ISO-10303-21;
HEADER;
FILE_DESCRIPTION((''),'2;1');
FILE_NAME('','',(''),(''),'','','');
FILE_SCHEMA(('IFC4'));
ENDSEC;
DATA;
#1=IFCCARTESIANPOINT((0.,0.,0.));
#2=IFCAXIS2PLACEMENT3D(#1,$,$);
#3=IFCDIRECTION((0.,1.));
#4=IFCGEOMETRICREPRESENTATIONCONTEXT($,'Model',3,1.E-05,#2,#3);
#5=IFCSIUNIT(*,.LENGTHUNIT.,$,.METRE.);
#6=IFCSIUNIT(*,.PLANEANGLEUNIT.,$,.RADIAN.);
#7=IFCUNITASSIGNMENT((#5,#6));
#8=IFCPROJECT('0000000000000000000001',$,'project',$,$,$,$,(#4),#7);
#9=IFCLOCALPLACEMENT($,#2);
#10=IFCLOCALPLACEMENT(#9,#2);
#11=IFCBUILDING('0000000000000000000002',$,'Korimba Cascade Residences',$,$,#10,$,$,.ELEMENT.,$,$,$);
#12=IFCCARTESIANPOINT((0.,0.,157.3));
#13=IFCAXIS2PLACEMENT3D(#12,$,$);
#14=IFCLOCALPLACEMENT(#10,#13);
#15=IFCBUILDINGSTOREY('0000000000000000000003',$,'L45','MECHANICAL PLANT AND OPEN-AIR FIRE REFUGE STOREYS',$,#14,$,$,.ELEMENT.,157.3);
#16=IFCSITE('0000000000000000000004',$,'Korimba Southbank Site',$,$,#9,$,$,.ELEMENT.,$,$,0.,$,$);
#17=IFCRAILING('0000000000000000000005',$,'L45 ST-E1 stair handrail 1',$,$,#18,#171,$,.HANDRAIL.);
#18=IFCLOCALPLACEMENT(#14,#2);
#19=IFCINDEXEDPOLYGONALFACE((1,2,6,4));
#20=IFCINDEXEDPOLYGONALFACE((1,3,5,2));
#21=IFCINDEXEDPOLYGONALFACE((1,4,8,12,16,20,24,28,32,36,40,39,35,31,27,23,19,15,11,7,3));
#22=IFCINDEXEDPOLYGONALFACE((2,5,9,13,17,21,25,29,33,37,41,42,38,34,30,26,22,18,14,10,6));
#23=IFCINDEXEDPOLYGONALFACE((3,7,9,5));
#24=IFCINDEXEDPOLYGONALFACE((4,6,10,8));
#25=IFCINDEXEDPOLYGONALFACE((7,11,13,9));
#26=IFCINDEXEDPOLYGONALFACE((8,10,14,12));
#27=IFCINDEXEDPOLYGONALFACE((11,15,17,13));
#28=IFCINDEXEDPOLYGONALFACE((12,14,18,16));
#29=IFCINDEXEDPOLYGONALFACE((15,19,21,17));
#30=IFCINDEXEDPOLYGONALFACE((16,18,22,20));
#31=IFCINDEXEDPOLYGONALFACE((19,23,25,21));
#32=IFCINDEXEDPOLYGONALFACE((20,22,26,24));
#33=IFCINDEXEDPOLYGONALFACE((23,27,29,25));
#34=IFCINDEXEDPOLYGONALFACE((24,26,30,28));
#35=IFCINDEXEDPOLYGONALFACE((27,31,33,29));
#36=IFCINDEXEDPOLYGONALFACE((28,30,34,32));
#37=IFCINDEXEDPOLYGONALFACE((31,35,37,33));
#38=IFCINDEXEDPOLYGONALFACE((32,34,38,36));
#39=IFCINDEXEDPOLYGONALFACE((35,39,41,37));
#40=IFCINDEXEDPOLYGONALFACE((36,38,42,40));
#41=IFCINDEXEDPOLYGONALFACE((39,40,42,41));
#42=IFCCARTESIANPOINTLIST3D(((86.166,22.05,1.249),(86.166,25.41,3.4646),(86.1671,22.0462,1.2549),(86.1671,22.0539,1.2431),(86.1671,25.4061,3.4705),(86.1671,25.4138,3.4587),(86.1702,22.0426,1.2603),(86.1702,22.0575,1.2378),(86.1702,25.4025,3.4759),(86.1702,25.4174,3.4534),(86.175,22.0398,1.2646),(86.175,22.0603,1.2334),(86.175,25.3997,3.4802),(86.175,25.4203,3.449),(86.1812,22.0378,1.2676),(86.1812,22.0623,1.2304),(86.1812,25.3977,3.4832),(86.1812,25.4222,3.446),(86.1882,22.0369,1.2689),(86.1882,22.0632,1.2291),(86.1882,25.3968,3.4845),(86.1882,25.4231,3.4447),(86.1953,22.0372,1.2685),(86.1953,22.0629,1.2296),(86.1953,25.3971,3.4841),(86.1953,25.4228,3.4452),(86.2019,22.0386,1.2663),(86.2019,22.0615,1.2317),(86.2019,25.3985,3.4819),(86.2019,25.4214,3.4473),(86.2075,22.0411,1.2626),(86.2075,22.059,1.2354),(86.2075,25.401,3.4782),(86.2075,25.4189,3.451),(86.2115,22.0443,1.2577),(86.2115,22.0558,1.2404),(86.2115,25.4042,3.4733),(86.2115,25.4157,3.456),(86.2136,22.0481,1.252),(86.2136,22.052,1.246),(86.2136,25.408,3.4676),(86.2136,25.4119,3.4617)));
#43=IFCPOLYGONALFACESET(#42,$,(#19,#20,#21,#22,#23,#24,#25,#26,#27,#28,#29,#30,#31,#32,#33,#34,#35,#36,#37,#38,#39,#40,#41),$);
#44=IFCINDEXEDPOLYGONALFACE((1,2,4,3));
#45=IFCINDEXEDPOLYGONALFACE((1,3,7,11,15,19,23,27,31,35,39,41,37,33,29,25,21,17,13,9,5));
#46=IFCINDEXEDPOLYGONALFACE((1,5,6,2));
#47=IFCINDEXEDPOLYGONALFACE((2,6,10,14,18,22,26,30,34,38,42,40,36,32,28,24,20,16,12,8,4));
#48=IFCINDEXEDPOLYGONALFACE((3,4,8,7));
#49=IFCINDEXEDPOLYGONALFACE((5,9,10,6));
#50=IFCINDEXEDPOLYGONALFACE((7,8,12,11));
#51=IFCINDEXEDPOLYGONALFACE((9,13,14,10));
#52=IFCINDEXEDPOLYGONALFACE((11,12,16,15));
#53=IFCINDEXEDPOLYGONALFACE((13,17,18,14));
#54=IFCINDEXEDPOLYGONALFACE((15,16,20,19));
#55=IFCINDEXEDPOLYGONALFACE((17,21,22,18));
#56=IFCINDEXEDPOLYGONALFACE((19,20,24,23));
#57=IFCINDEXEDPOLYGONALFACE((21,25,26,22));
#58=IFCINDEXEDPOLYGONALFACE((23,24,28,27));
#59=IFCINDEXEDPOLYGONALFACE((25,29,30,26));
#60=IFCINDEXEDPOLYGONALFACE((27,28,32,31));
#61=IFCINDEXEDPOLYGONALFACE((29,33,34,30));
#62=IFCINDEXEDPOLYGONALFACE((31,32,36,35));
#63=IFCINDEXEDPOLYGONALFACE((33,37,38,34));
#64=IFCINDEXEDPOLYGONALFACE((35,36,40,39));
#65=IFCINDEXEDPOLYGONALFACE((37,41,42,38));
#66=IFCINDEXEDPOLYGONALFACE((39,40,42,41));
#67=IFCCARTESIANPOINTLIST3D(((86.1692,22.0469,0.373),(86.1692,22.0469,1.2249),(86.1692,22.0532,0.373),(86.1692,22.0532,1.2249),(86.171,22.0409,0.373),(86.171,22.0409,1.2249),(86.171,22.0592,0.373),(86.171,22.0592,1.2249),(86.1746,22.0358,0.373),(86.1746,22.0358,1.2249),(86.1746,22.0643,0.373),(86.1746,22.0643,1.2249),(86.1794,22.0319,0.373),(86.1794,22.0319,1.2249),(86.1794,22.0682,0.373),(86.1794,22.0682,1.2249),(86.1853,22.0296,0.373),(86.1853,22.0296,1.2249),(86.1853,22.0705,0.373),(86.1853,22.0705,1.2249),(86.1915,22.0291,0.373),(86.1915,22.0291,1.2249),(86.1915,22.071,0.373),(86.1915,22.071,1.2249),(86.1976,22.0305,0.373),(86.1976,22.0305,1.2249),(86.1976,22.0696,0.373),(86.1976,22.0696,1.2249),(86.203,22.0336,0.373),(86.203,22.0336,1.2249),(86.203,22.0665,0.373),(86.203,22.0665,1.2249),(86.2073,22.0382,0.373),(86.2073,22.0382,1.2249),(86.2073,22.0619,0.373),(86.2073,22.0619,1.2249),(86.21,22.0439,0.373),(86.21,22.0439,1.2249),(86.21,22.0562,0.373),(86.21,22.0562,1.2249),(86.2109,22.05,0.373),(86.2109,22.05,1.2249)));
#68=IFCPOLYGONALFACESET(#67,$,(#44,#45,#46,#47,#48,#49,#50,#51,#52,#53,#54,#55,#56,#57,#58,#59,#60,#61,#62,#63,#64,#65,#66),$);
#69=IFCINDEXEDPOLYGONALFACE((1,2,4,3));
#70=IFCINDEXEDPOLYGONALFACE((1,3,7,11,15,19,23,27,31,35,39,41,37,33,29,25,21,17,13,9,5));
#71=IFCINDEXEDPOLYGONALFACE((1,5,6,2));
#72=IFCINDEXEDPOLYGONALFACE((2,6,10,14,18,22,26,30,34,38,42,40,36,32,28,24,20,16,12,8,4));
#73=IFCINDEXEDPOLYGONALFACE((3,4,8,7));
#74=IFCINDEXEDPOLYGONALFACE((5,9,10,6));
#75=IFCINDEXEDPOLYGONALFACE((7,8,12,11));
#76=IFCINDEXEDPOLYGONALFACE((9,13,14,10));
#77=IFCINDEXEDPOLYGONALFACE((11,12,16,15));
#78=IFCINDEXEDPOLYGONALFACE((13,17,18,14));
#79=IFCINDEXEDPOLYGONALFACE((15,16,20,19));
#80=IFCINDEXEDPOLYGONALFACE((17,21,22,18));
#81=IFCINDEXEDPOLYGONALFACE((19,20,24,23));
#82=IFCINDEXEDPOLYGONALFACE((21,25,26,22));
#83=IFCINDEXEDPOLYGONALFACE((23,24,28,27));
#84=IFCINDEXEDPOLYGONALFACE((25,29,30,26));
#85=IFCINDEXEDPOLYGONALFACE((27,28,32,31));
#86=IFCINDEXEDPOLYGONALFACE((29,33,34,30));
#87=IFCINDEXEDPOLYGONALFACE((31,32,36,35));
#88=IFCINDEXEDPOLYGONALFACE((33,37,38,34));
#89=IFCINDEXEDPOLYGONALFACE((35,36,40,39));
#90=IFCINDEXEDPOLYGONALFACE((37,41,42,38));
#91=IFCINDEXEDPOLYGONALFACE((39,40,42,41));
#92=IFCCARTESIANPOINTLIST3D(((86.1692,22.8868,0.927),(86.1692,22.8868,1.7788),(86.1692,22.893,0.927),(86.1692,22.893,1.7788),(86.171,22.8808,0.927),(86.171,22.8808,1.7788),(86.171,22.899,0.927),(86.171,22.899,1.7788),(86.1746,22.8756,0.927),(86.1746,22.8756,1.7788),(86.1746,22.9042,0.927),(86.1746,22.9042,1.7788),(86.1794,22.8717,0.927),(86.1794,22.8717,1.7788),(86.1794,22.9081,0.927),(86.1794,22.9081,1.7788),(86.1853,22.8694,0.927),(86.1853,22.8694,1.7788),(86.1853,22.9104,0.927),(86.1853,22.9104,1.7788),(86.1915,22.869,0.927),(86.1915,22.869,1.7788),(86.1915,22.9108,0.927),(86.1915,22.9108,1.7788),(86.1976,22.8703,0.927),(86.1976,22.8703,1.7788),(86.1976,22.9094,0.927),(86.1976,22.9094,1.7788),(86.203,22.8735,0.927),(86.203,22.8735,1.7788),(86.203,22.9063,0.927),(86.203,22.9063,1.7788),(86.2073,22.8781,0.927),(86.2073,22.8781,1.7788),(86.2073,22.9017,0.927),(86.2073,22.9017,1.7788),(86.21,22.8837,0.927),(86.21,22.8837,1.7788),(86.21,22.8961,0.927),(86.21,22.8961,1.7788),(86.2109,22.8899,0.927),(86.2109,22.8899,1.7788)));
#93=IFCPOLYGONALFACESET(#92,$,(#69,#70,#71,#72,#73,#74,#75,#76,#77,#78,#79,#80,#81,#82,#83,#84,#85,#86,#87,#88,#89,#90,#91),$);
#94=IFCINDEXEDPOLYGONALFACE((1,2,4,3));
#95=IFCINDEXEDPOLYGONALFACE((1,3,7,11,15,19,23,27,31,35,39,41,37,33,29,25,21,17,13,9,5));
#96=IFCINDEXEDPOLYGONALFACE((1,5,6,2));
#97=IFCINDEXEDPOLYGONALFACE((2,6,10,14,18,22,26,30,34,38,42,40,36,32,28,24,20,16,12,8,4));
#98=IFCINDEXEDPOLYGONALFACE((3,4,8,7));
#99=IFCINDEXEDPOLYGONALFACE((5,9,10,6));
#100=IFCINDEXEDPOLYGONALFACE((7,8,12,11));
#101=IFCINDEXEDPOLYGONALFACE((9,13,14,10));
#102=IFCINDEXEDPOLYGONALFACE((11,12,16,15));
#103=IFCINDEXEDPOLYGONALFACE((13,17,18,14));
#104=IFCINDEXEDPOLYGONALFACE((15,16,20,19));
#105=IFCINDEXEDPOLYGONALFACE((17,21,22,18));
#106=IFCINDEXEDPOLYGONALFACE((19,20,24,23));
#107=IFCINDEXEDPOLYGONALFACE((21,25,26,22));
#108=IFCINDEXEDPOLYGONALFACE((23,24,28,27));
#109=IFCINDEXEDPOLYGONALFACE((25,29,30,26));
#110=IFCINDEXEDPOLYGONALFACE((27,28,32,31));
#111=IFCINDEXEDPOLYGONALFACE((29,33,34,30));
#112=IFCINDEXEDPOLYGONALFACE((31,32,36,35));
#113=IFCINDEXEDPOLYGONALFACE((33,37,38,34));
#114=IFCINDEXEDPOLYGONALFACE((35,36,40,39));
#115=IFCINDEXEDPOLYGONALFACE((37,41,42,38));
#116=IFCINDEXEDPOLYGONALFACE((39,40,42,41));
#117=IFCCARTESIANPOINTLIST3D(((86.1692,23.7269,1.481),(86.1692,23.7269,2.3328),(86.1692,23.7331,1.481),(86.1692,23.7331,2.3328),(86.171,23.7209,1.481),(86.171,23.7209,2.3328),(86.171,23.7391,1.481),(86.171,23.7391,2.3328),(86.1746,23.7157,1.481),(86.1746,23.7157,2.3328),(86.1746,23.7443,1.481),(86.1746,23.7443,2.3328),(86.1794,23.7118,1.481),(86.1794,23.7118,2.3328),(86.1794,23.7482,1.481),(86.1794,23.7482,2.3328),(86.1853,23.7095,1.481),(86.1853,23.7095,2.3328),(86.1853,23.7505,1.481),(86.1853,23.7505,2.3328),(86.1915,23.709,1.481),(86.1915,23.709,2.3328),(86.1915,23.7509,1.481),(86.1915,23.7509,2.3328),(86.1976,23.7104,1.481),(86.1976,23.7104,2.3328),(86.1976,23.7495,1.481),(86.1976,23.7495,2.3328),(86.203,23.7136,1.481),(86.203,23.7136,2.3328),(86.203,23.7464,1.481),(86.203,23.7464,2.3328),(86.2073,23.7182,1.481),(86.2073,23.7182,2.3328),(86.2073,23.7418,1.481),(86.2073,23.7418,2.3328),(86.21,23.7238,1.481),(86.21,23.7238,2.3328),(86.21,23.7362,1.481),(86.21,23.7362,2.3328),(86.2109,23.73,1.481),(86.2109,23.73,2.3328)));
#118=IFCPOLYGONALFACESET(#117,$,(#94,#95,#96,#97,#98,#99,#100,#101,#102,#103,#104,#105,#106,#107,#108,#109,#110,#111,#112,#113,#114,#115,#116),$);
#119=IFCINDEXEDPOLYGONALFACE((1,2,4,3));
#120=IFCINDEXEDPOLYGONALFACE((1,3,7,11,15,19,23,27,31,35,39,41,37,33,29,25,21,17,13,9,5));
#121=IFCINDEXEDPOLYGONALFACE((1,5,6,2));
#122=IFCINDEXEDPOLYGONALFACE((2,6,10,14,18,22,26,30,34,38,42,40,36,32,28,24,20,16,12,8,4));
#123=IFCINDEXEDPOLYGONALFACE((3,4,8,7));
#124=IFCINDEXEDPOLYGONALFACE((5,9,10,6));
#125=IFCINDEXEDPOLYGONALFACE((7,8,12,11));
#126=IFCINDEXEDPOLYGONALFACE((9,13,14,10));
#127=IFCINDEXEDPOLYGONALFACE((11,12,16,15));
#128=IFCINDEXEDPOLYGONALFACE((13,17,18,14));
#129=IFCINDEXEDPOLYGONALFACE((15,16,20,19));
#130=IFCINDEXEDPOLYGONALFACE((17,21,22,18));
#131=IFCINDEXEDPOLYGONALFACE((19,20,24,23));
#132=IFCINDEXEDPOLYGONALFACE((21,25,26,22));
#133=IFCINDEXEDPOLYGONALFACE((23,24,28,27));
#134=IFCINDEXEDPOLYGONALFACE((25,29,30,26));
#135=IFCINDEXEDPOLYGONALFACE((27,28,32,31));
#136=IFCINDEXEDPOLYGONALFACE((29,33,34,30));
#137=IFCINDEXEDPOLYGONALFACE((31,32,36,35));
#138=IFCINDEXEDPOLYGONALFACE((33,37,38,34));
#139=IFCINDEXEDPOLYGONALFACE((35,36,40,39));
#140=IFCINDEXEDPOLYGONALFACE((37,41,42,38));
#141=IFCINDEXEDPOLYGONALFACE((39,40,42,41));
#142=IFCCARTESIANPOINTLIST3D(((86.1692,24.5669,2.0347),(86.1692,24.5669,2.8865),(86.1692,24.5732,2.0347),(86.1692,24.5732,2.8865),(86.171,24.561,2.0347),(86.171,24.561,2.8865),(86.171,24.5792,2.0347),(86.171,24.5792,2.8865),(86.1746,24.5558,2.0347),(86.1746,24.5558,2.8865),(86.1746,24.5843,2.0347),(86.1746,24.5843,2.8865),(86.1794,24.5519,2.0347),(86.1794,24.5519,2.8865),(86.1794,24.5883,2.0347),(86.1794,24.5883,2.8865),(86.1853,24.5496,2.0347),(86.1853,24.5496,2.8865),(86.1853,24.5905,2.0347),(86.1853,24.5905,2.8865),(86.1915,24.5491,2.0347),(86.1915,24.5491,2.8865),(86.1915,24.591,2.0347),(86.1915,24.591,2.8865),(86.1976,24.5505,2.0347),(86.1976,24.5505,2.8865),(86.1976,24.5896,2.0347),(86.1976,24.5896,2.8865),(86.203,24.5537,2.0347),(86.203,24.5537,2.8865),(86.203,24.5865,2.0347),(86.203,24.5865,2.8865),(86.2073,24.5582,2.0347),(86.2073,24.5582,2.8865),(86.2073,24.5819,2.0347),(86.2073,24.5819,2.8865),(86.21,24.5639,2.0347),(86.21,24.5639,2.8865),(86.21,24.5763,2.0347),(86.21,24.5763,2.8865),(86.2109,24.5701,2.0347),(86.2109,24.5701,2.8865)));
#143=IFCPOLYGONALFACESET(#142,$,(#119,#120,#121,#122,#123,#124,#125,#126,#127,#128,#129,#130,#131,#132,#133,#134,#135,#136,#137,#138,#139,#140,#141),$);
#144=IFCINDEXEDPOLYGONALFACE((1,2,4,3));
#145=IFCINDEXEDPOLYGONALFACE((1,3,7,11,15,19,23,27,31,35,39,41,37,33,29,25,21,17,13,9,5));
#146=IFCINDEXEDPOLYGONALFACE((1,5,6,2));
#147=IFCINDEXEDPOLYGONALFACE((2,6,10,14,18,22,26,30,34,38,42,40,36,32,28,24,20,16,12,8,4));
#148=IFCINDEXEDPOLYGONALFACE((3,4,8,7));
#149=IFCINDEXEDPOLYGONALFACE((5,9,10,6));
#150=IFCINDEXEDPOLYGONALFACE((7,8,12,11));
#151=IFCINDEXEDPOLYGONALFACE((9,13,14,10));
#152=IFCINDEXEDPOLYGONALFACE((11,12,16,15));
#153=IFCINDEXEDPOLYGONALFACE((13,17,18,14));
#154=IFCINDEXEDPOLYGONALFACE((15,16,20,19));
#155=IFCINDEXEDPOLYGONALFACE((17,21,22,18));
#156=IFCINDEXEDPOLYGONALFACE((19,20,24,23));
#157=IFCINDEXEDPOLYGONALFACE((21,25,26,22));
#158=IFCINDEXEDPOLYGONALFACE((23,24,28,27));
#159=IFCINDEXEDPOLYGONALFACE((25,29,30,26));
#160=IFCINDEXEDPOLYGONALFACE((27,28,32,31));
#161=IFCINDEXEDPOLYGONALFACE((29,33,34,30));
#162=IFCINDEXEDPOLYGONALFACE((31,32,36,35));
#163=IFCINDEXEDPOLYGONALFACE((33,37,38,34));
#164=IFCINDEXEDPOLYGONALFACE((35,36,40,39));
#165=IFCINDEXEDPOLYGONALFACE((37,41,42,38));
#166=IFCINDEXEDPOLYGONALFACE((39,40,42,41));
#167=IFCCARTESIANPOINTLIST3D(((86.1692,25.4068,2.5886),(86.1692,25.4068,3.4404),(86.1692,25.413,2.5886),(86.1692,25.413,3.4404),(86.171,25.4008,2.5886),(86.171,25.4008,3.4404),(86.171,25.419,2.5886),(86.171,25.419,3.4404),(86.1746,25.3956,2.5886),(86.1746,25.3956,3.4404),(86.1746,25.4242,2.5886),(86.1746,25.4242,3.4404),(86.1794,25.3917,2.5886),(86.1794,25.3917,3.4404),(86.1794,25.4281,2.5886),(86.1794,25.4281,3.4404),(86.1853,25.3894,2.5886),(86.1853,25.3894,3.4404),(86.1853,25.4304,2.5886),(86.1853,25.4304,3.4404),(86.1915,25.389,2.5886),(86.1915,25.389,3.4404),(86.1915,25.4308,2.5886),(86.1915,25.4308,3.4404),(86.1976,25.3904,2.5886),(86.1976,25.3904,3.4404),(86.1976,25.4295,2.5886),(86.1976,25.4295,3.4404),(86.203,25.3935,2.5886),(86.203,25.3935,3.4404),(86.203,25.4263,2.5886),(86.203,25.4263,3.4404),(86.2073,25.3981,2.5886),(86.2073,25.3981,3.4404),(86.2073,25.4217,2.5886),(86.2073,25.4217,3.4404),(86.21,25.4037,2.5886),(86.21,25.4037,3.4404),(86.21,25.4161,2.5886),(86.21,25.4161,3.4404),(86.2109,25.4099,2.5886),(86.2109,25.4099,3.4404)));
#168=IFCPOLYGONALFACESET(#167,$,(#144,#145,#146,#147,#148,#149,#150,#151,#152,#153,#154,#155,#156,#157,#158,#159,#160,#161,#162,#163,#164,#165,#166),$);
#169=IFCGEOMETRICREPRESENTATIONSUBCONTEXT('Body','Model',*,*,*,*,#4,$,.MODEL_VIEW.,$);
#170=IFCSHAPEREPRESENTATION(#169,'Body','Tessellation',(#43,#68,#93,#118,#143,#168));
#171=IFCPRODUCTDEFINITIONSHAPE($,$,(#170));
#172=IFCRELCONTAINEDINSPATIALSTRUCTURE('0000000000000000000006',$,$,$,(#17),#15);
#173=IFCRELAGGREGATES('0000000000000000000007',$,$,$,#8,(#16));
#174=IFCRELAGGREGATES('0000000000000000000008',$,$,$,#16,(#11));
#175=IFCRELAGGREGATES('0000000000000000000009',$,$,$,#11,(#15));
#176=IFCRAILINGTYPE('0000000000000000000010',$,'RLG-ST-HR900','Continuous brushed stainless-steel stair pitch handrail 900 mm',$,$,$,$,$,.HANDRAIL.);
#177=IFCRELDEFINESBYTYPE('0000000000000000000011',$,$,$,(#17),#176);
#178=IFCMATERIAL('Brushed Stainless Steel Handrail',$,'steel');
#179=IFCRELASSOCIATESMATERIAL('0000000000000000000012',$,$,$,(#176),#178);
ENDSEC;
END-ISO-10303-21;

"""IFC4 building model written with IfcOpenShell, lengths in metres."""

from ifc_helpers import new_model, si_unit, direction, frame, origin, origin_2d, place, context, subcontext, project, spatial, circle, extrude, material, type_object, element, save


model = new_model("IFC4")

# Units and contexts
model_context = context("Model", 3, precision=1e-05, world=origin(), true_north=direction((0.0, 1.0)))
body_context = subcontext(model_context, "Body", "Model", "MODEL_VIEW")
ifc_project = project(units=[si_unit("LENGTHUNIT", "METRE"), si_unit("PLANEANGLEUNIT", "RADIAN")], contexts=[model_context])

# Site, building, storey
site_placement = place(None, origin())
site = spatial("IfcSite", under=ifc_project, at=site_placement, Name="Korimba Southbank Site", CompositionType="ELEMENT", RefElevation=0.0)
building_placement = place(site_placement, origin())
building = spatial("IfcBuilding", under=site, at=building_placement, Name="Korimba Cascade Residences", CompositionType="ELEMENT")
storey_placement = place(building_placement, frame((0.0, 0.0, 157.3)))
storey = spatial("IfcBuildingStorey", under=building, at=storey_placement, Name="L45", Description="MECHANICAL PLANT AND OPEN-AIR FIRE REFUGE STOREYS", CompositionType="ELEMENT", Elevation=157.3)

# Railing
ifc_material_1 = material(Name="Brushed Stainless Steel Handrail", Category="steel")
railing_type_1 = type_object("IfcRailingType", Name="RLG-ST-HR900", Description="Continuous brushed stainless-steel stair pitch handrail 900 mm", PredefinedType="HANDRAIL", material=ifc_material_1)
railing_1_placement = place(storey_placement, frame((86.1899, 22.05, 0.373)))
element("IfcRailing", 1, at=railing_1_placement, inside=storey, type_object=railing_type_1, Name="L45 ST-E1 stair handrail 1", PredefinedType="HANDRAIL", context=body_context, shape_type="SweptSolid", body=[
    extrude(circle(Radius=0.0239, at=origin_2d()), frame((0.0, 0.0, 0.876), z_axis=(0.0, 0.83483, 0.550508), x_axis=(-1.0, 0.0, 0.0)), (0.0, 0.0, 1.0), 4.0247),
    extrude(circle(Radius=0.021, at=origin_2d()), origin(), (0.0, 0.0, 1.0), 0.8518),
    extrude(circle(Radius=0.021, at=origin_2d()), frame((0.0, 0.8398, 0.554)), (0.0, 0.0, 1.0), 0.8518),
    extrude(circle(Radius=0.021, at=origin_2d()), frame((0.0, 1.6799, 1.1079)), (0.0, 0.0, 1.0), 0.8518),
    extrude(circle(Radius=0.021, at=origin_2d()), frame((0.0, 2.52, 1.6616)), (0.0, 0.0, 1.0), 0.8518),
    extrude(circle(Radius=0.021, at=origin_2d()), frame((0.0, 3.3599, 2.2156)), (0.0, 0.0, 1.0), 0.8518),
])

save(model, "model.ifc")
